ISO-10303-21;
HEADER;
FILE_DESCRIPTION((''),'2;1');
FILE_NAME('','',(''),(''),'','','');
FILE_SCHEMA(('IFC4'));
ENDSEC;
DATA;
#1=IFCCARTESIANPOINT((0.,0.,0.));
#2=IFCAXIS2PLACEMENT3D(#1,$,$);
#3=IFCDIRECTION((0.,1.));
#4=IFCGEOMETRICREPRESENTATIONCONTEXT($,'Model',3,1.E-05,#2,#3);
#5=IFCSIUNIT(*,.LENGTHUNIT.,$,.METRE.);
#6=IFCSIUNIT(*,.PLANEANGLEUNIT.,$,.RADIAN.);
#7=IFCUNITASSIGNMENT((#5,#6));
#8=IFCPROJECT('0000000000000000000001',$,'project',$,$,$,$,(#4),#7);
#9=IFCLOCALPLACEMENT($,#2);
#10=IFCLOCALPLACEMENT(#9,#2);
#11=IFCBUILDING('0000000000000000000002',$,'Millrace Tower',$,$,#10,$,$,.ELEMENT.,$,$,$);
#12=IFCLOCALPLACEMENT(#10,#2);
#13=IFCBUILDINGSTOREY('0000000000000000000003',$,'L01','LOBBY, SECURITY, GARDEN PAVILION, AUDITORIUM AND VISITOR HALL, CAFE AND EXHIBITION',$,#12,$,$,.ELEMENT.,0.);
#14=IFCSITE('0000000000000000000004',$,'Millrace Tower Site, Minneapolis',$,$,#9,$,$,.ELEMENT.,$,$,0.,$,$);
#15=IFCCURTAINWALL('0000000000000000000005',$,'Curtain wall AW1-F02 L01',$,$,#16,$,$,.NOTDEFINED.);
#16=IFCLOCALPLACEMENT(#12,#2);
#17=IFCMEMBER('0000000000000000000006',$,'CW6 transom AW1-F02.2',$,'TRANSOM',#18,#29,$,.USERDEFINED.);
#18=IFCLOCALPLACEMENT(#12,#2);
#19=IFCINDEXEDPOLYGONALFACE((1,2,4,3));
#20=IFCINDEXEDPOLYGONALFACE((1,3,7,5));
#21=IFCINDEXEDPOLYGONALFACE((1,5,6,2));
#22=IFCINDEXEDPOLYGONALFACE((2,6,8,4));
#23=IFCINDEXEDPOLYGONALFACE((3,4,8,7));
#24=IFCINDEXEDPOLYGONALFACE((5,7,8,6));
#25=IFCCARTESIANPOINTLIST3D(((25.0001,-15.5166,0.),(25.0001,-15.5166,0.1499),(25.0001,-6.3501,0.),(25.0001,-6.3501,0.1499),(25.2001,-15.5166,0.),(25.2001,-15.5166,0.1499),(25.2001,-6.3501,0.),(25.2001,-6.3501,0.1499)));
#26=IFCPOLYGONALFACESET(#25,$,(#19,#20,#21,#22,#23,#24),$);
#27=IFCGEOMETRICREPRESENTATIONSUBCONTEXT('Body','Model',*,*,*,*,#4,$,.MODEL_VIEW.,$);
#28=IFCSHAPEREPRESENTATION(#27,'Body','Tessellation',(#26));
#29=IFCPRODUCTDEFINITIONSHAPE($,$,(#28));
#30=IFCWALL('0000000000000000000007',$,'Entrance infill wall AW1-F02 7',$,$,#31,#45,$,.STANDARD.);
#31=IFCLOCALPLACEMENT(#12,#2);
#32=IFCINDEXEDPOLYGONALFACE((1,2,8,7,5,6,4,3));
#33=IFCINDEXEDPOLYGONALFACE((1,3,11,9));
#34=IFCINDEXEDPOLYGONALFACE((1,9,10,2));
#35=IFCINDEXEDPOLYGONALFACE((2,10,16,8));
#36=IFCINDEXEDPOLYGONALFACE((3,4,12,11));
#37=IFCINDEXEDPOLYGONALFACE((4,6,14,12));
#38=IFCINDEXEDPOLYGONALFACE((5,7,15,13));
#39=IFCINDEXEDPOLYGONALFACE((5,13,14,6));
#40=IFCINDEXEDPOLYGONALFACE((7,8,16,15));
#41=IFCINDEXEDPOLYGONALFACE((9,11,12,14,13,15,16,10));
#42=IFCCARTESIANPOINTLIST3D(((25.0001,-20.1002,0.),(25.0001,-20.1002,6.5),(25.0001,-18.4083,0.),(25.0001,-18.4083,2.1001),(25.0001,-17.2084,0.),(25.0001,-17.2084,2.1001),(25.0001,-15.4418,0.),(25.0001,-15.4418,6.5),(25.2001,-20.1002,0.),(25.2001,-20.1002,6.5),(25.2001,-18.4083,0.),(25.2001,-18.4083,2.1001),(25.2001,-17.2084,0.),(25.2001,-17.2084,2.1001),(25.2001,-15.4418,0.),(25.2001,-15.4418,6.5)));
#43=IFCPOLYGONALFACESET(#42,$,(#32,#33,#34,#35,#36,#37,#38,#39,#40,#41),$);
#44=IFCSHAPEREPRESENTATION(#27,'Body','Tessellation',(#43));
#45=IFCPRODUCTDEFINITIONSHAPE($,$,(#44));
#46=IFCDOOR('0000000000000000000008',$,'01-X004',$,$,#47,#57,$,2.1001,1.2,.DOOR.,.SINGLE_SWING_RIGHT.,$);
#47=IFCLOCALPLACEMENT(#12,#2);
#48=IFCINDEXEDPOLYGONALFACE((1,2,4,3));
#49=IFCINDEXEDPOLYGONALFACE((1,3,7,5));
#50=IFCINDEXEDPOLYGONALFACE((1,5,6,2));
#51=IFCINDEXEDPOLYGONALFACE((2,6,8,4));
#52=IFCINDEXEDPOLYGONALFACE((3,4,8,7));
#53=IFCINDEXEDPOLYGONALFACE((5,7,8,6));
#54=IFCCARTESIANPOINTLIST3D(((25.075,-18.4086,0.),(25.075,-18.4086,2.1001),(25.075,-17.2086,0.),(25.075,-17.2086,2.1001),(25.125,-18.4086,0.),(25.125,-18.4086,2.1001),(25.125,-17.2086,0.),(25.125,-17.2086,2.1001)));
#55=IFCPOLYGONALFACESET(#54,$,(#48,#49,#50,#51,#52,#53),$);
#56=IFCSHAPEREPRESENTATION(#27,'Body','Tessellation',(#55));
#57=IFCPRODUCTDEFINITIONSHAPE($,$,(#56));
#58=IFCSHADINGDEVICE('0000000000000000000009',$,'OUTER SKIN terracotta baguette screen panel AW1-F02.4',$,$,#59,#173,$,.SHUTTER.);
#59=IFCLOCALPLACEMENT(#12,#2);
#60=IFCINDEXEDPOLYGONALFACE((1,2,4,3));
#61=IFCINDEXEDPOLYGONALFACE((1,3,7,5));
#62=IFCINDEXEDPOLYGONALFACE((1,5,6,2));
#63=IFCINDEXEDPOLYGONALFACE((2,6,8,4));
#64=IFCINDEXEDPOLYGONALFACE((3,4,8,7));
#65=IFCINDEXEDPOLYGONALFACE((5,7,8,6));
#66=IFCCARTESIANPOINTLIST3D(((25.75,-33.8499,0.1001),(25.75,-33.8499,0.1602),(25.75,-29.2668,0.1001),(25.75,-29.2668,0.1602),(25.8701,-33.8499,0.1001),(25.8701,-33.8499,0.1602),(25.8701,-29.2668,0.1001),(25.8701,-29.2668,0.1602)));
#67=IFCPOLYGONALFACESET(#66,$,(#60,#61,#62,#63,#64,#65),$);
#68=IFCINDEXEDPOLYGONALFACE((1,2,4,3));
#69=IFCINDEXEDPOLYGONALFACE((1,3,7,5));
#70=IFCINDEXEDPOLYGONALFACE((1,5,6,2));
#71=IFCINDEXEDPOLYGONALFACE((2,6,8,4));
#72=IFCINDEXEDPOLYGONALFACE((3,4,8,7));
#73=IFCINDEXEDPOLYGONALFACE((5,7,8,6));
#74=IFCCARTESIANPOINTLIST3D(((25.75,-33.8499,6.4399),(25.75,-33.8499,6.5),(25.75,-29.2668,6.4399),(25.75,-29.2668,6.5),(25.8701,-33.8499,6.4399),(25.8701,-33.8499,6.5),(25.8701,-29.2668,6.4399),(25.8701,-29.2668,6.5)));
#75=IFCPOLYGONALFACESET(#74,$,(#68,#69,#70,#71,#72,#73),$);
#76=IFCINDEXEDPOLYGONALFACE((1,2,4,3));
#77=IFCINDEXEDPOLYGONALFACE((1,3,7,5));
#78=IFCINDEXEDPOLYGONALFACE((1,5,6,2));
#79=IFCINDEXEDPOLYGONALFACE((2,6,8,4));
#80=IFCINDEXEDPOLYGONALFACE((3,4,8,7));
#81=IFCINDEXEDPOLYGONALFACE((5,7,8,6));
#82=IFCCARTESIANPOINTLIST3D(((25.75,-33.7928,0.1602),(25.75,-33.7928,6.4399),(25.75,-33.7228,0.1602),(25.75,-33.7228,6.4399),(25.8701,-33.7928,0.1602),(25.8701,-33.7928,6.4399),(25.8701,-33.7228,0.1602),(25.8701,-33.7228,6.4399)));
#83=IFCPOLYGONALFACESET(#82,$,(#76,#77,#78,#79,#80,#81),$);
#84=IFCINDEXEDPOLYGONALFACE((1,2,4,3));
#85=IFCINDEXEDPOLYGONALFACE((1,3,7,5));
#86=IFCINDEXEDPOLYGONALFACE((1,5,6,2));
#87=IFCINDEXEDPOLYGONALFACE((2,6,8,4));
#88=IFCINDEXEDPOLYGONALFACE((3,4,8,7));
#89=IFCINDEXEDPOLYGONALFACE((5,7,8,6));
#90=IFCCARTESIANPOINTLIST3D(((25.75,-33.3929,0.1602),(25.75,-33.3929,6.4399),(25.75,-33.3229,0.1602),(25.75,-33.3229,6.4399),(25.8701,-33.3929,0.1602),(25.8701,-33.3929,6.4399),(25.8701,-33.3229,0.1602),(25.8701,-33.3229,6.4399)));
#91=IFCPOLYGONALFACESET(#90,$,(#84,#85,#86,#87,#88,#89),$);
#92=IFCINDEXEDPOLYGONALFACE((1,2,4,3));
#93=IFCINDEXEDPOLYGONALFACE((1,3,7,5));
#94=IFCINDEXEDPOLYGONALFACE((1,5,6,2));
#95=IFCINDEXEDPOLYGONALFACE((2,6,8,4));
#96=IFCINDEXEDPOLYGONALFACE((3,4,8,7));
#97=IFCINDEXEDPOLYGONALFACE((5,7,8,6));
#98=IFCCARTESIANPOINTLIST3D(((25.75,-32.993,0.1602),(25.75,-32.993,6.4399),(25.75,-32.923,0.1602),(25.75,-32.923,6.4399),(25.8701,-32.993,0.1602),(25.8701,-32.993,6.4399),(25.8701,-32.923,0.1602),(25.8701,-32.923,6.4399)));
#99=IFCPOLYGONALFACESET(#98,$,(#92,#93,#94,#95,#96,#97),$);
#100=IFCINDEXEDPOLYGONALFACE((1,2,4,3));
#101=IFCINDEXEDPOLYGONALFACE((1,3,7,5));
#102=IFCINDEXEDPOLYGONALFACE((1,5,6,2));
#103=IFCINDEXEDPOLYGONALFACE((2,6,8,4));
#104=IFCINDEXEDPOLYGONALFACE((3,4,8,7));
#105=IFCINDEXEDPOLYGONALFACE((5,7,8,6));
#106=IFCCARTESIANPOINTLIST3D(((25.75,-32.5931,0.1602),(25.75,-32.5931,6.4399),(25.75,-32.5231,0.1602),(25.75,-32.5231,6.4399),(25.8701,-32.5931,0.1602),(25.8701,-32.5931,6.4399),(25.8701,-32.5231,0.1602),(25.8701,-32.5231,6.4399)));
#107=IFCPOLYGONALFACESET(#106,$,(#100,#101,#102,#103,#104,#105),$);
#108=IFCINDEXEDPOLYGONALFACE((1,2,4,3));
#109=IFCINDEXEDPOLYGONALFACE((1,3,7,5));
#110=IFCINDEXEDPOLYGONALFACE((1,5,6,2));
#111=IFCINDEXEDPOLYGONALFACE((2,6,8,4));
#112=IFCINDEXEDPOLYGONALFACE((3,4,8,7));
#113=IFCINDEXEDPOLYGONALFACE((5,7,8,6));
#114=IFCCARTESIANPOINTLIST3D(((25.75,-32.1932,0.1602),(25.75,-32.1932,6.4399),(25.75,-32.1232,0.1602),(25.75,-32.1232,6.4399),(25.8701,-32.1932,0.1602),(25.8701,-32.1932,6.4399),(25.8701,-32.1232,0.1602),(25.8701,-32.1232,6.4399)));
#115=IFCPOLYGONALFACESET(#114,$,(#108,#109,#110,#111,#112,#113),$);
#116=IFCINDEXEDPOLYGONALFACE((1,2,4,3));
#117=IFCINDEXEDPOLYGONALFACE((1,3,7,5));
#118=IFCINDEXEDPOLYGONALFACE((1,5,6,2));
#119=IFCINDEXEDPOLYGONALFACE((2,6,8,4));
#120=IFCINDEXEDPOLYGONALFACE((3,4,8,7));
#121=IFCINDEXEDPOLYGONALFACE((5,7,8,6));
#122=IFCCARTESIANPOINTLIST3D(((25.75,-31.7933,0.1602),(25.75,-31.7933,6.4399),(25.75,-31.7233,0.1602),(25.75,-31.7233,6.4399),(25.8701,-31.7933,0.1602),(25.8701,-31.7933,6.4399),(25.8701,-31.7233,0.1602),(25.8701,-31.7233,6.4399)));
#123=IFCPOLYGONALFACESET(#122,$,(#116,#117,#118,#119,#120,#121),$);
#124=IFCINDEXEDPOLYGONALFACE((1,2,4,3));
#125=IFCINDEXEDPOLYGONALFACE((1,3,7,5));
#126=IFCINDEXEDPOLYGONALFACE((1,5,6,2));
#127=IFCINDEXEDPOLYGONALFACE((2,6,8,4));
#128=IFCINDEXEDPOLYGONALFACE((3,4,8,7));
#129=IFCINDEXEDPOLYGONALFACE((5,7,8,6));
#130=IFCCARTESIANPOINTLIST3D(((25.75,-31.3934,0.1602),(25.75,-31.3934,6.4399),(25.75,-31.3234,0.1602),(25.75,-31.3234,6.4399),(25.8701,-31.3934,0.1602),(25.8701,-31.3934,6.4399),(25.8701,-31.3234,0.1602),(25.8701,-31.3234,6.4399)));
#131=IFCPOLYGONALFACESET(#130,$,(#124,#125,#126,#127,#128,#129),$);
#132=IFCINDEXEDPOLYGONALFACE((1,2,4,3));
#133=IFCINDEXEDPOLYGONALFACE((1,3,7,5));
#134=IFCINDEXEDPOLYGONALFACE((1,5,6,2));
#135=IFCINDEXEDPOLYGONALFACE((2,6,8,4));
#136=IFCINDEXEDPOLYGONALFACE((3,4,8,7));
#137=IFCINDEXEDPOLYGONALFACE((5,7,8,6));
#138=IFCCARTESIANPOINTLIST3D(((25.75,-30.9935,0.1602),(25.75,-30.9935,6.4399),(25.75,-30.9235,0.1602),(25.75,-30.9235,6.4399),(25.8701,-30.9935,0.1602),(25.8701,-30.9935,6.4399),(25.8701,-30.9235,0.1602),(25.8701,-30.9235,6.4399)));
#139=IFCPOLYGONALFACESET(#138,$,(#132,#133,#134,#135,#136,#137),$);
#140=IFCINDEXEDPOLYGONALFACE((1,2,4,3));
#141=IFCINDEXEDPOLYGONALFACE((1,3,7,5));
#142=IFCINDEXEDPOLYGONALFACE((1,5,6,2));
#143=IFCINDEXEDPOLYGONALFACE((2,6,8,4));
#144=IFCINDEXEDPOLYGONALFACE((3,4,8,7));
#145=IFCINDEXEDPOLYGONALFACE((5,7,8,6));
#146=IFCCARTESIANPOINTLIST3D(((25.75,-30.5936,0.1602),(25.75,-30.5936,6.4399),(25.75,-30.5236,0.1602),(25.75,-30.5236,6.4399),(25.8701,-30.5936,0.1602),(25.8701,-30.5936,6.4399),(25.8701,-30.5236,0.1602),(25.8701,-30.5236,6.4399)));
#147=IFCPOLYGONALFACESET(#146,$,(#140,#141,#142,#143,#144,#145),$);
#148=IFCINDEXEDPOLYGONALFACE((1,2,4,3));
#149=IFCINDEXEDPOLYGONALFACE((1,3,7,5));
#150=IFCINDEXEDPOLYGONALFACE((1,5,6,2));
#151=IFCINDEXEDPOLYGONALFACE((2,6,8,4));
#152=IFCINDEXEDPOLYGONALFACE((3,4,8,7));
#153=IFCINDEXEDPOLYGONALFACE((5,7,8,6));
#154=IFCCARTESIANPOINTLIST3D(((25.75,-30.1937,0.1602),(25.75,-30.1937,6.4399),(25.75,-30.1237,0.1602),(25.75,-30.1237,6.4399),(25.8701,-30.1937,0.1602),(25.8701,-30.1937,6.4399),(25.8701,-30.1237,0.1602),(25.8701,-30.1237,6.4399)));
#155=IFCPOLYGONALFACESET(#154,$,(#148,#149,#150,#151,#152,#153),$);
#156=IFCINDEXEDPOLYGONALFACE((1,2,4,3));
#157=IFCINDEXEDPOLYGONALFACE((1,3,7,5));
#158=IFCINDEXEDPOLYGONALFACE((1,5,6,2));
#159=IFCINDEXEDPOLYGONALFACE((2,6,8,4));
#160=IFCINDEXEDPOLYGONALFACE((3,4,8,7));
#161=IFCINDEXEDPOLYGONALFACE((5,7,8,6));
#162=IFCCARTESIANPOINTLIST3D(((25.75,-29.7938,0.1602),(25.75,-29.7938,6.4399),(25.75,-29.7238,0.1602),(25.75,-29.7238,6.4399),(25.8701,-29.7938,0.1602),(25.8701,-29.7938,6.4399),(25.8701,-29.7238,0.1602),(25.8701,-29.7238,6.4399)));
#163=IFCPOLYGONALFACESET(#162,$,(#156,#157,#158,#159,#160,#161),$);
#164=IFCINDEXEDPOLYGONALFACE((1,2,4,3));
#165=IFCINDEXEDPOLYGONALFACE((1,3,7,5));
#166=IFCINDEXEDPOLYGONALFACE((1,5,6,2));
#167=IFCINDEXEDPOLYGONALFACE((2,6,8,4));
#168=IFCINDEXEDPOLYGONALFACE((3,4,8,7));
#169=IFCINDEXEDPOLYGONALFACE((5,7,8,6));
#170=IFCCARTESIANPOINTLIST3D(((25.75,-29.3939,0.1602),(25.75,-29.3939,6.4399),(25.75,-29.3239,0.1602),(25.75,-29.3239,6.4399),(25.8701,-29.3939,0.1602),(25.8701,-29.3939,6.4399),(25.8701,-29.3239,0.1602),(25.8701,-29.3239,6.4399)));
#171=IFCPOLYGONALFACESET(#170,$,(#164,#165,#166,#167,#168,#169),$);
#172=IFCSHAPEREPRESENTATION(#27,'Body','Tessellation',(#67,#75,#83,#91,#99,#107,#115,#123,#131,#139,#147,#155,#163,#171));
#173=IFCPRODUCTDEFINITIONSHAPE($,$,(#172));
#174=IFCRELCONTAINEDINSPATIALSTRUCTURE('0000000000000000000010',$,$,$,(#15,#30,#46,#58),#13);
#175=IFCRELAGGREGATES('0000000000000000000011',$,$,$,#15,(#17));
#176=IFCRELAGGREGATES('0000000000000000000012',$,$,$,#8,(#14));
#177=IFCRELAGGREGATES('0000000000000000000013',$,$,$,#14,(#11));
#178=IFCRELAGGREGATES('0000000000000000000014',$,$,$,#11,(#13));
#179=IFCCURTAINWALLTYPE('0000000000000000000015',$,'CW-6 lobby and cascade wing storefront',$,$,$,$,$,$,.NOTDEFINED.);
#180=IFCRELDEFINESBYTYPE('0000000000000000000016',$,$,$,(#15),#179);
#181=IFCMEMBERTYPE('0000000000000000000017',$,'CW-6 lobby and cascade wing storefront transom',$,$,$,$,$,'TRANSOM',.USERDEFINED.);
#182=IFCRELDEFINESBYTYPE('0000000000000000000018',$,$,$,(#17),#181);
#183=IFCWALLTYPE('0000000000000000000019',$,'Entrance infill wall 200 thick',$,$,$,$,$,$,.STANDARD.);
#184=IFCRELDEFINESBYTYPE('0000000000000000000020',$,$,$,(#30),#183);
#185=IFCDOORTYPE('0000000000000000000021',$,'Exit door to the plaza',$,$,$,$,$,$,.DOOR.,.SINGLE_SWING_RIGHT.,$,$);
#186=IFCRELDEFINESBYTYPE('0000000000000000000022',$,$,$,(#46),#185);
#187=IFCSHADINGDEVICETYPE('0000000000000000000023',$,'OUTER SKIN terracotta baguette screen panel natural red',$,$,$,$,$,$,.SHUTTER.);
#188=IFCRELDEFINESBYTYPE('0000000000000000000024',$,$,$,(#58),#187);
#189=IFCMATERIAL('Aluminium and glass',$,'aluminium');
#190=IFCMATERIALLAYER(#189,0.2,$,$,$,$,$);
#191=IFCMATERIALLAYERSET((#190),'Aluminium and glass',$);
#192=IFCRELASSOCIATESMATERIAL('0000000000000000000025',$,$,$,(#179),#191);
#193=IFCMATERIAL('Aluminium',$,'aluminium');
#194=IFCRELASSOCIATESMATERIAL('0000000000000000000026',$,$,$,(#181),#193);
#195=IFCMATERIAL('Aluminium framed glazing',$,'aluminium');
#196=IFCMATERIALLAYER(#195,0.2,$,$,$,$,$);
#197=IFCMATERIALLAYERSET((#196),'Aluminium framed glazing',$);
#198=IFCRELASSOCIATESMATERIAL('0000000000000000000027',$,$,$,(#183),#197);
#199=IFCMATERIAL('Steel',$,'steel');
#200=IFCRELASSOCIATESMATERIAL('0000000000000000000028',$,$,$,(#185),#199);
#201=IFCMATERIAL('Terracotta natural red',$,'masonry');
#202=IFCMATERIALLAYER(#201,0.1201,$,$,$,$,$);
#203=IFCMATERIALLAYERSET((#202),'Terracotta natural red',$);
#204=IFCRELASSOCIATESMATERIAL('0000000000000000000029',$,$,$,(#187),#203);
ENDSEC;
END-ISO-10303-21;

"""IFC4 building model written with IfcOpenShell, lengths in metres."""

from ifc_helpers import new_model, entity, si_unit, direction, frame, frame_2d, origin, origin_2d, place, context, subcontext, project, spatial, rectangle, extrude, source, transform, mapped, material, layer, layer_set, material_profile, profile_set, type_object, element, fill, aggregate, save


model = new_model("IFC4")

# Units and contexts
model_context = context("Model", 3, precision=1e-05, world=origin(), true_north=direction((0.0, 1.0)))
body_context = subcontext(model_context, "Body", "Model", "MODEL_VIEW")
ifc_project = project(units=[si_unit("LENGTHUNIT", "METRE"), si_unit("PLANEANGLEUNIT", "RADIAN")], contexts=[model_context])

# Site, building, storey
site_placement = place(None, origin())
site = spatial("IfcSite", under=ifc_project, at=site_placement, Name="Millrace Tower Site, Minneapolis", CompositionType="ELEMENT", RefElevation=0.0)
building_placement = place(site_placement, origin())
building = spatial("IfcBuilding", under=site, at=building_placement, Name="Millrace Tower", CompositionType="ELEMENT")
storey_placement = place(building_placement, origin())
storey = spatial("IfcBuildingStorey", under=building, at=storey_placement, Name="L01", Description="LOBBY, SECURITY, GARDEN PAVILION, AUDITORIUM AND VISITOR HALL, CAFE AND EXHIBITION", CompositionType="ELEMENT", Elevation=0.0)

# Curtain wall, member
ifc_material_1 = material(Name="Aluminium and glass", Category="aluminium")
ifc_layer_1 = layer(ifc_material_1, 0.2)
ifc_layer_set_1 = layer_set([ifc_layer_1], Name="Aluminium and glass")
curtain_wall_type = type_object("IfcCurtainWallType", Name="CW-6 lobby and cascade wing storefront", PredefinedType="NOTDEFINED", material=ifc_layer_set_1)
curtain_wall_placement = place(storey_placement, origin())
curtain_wall = element("IfcCurtainWall", 1, at=curtain_wall_placement, inside=storey, type_object=curtain_wall_type, Name="Curtain wall AW1-F02 L01", PredefinedType="NOTDEFINED")
ifc_material_2 = material(Name="Aluminium", Category="aluminium")
ifc_material_profile_1 = material_profile(ifc_material_2, rectangle(XDim=0.2, YDim=0.1499, at=origin_2d()))
ifc_profile_set_1 = profile_set([ifc_material_profile_1], Name="Aluminium")
member_type_1 = type_object("IfcMemberType", Name="CW-6 lobby and cascade wing storefront transom", ElementType="TRANSOM", PredefinedType="USERDEFINED", material=ifc_profile_set_1)
member_1_placement = place(storey_placement, frame((25.1001, -15.5166, 0.075), z_axis=(0.0, 1.0, 0.0), x_axis=(-1.0, 0.0, 0.0)))
member_1 = element("IfcMember", 2, at=member_1_placement, type_object=member_type_1, Name="CW6 transom AW1-F02.2", ObjectType="TRANSOM", PredefinedType="USERDEFINED", context=body_context, shape_type="SweptSolid", body=[
    extrude(rectangle(XDim=0.2, YDim=0.1499, at=origin_2d()), origin(), (0.0, 0.0, 1.0), 9.1665),
])
aggregate(curtain_wall, [member_1])

# Wall, opening, door
ifc_material_3 = material(Name="Aluminium framed glazing", Category="aluminium")
ifc_layer_2 = layer(ifc_material_3, 0.2)
ifc_layer_set_2 = layer_set([ifc_layer_2], Name="Aluminium framed glazing")
wall_type = type_object("IfcWallType", Name="Entrance infill wall 200 thick", PredefinedType="STANDARD", material=ifc_layer_set_2)
wall_placement = place(storey_placement, frame((25.1001, -20.1001, 0.0), z_axis=(0.0, 0.0, 1.0), x_axis=(0.0, 1.0, 0.0)))
wall = element("IfcWall", 3, at=wall_placement, inside=storey, type_object=wall_type, Name="Entrance infill wall AW1-F02 7", PredefinedType="STANDARD", context=body_context, shape_type="SweptSolid", body=[
    extrude(rectangle(XDim=4.6584, YDim=0.2, at=frame_2d((2.3291, 0.0))), origin(), (0.0, 0.0, 1.0), 6.5),
])
opening_placement = place(wall_placement, frame((1.6917, 0.0, 0.0)))
opening = element("IfcOpeningElement", 4, at=opening_placement, cuts=wall, PredefinedType="OPENING", context=body_context, shape_type="SweptSolid", body=[
    extrude(rectangle(XDim=1.2, YDim=2.1001, at=frame_2d((0.6001, 1.05))), frame((0.0, 0.1099, 0.0), z_axis=(0.0, -1.0, 0.0), x_axis=(1.0, 0.0, 0.0)), (0.0, 0.0, 1.0), 0.22),
])
ifc_material_4 = material(Name="Steel", Category="steel")
door_type = type_object("IfcDoorType", Name="Exit door to the plaza", OperationType="SINGLE_SWING_RIGHT", PredefinedType="DOOR", material=ifc_material_4)
door_placement = place(opening_placement, frame((1.2, 0.0, 0.0), z_axis=(0.0, 0.0, 1.0), x_axis=(-1.0, 0.0, 0.0)))
door = element("IfcDoor", 5, at=door_placement, inside=storey, type_object=door_type, Name="01-X004", OperationType="SINGLE_SWING_RIGHT", OverallHeight=2.1001, OverallWidth=1.2, PredefinedType="DOOR", context=body_context, shape_type="SweptSolid", body=[
    extrude(rectangle(XDim=1.2, YDim=2.1001, at=frame_2d((0.6001, 1.05))), frame((0.0, 0.0249, 0.0), z_axis=(0.0, -1.0, 0.0), x_axis=(1.0, 0.0, 0.0)), (0.0, 0.0, 1.0), 0.05),
])
fill(opening, door)

# Shading device
ifc_material_5 = material(Name="Terracotta natural red", Category="masonry")
ifc_layer_3 = layer(ifc_material_5, 0.1201)
ifc_layer_set_3 = layer_set([ifc_layer_3], Name="Terracotta natural red")
shading_device_type = type_object("IfcShadingDeviceType", Name="OUTER SKIN terracotta baguette screen panel natural red", PredefinedType="SHUTTER", material=ifc_layer_set_3)
cartesian_point = entity("IfcCartesianPoint", [-2.2915, 0.0601])
shared_polyline = entity("IfcPolyline", [cartesian_point, entity("IfcCartesianPoint", [2.2915, 0.0601]), entity("IfcCartesianPoint", [2.2915, -0.0601]), entity("IfcCartesianPoint", [-2.2915, -0.0601]), cartesian_point])
shared_shape = source(origin(), body_context, "Body", "SweptSolid", [
    entity("IfcExtrudedAreaSolid", entity("IfcArbitraryClosedProfileDef", "AREA", None, shared_polyline), entity("IfcAxis2Placement3D", entity("IfcCartesianPoint", [0.0, 0.0, 0.0])), entity("IfcDirection", [0.0, 0.0, 1.0]), 0.0601),
    entity("IfcExtrudedAreaSolid", entity("IfcArbitraryClosedProfileDef", "AREA", None, shared_polyline), entity("IfcAxis2Placement3D", entity("IfcCartesianPoint", [0.0, 0.0, 6.3398])), entity("IfcDirection", [0.0, 0.0, 1.0]), 0.0601),
    extrude(rectangle(XDim=0.0701, YDim=0.1201, at=frame_2d((-2.1995, 0.0))), frame((0.0, 0.0, 0.0601)), (0.0, 0.0, 1.0), 6.2798),
    extrude(rectangle(XDim=0.0701, YDim=0.1201, at=frame_2d((-1.7996, 0.0))), frame((0.0, 0.0, 0.0601)), (0.0, 0.0, 1.0), 6.2798),
    extrude(rectangle(XDim=0.0701, YDim=0.1201, at=frame_2d((-1.3997, 0.0))), frame((0.0, 0.0, 0.0601)), (0.0, 0.0, 1.0), 6.2798),
    extrude(rectangle(XDim=0.0701, YDim=0.1201, at=frame_2d((-0.9998, 0.0))), frame((0.0, 0.0, 0.0601)), (0.0, 0.0, 1.0), 6.2798),
    extrude(rectangle(XDim=0.0701, YDim=0.1201, at=frame_2d((-0.5999, 0.0))), frame((0.0, 0.0, 0.0601)), (0.0, 0.0, 1.0), 6.2798),
    extrude(rectangle(XDim=0.0701, YDim=0.1201, at=frame_2d((-0.2, 0.0))), frame((0.0, 0.0, 0.0601)), (0.0, 0.0, 1.0), 6.2798),
    extrude(rectangle(XDim=0.0701, YDim=0.1201, at=frame_2d((0.2, 0.0))), frame((0.0, 0.0, 0.0601)), (0.0, 0.0, 1.0), 6.2798),
    extrude(rectangle(XDim=0.0701, YDim=0.1201, at=frame_2d((0.5999, 0.0))), frame((0.0, 0.0, 0.0601)), (0.0, 0.0, 1.0), 6.2798),
    extrude(rectangle(XDim=0.0701, YDim=0.1201, at=frame_2d((0.9998, 0.0))), frame((0.0, 0.0, 0.0601)), (0.0, 0.0, 1.0), 6.2798),
    extrude(rectangle(XDim=0.0701, YDim=0.1201, at=frame_2d((1.3997, 0.0))), frame((0.0, 0.0, 0.0601)), (0.0, 0.0, 1.0), 6.2798),
    extrude(rectangle(XDim=0.0701, YDim=0.1201, at=frame_2d((1.7996, 0.0))), frame((0.0, 0.0, 0.0601)), (0.0, 0.0, 1.0), 6.2798),
    extrude(rectangle(XDim=0.0701, YDim=0.1201, at=frame_2d((2.1995, 0.0))), frame((0.0, 0.0, 0.0601)), (0.0, 0.0, 1.0), 6.2798),
])
for number, where, z_axis, x_axis, name in (
    (6, (25.8101, -31.5583, 0.1001), (0.0, 0.0, 1.0), (0.0, 1.0, 0.0), "OUTER SKIN terracotta baguette screen panel AW1-F02.4"),
):
    element("IfcShadingDevice", number, at=place(storey_placement, frame(where, z_axis=z_axis, x_axis=x_axis)), inside=storey, type_object=shading_device_type, Name=name, PredefinedType="SHUTTER", context=body_context, shape_type="MappedRepresentation", body=[
        mapped(shared_shape, transform((0.0, 0.0, 0.0), scale=1.0)),
    ])

save(model, "model.ifc")
